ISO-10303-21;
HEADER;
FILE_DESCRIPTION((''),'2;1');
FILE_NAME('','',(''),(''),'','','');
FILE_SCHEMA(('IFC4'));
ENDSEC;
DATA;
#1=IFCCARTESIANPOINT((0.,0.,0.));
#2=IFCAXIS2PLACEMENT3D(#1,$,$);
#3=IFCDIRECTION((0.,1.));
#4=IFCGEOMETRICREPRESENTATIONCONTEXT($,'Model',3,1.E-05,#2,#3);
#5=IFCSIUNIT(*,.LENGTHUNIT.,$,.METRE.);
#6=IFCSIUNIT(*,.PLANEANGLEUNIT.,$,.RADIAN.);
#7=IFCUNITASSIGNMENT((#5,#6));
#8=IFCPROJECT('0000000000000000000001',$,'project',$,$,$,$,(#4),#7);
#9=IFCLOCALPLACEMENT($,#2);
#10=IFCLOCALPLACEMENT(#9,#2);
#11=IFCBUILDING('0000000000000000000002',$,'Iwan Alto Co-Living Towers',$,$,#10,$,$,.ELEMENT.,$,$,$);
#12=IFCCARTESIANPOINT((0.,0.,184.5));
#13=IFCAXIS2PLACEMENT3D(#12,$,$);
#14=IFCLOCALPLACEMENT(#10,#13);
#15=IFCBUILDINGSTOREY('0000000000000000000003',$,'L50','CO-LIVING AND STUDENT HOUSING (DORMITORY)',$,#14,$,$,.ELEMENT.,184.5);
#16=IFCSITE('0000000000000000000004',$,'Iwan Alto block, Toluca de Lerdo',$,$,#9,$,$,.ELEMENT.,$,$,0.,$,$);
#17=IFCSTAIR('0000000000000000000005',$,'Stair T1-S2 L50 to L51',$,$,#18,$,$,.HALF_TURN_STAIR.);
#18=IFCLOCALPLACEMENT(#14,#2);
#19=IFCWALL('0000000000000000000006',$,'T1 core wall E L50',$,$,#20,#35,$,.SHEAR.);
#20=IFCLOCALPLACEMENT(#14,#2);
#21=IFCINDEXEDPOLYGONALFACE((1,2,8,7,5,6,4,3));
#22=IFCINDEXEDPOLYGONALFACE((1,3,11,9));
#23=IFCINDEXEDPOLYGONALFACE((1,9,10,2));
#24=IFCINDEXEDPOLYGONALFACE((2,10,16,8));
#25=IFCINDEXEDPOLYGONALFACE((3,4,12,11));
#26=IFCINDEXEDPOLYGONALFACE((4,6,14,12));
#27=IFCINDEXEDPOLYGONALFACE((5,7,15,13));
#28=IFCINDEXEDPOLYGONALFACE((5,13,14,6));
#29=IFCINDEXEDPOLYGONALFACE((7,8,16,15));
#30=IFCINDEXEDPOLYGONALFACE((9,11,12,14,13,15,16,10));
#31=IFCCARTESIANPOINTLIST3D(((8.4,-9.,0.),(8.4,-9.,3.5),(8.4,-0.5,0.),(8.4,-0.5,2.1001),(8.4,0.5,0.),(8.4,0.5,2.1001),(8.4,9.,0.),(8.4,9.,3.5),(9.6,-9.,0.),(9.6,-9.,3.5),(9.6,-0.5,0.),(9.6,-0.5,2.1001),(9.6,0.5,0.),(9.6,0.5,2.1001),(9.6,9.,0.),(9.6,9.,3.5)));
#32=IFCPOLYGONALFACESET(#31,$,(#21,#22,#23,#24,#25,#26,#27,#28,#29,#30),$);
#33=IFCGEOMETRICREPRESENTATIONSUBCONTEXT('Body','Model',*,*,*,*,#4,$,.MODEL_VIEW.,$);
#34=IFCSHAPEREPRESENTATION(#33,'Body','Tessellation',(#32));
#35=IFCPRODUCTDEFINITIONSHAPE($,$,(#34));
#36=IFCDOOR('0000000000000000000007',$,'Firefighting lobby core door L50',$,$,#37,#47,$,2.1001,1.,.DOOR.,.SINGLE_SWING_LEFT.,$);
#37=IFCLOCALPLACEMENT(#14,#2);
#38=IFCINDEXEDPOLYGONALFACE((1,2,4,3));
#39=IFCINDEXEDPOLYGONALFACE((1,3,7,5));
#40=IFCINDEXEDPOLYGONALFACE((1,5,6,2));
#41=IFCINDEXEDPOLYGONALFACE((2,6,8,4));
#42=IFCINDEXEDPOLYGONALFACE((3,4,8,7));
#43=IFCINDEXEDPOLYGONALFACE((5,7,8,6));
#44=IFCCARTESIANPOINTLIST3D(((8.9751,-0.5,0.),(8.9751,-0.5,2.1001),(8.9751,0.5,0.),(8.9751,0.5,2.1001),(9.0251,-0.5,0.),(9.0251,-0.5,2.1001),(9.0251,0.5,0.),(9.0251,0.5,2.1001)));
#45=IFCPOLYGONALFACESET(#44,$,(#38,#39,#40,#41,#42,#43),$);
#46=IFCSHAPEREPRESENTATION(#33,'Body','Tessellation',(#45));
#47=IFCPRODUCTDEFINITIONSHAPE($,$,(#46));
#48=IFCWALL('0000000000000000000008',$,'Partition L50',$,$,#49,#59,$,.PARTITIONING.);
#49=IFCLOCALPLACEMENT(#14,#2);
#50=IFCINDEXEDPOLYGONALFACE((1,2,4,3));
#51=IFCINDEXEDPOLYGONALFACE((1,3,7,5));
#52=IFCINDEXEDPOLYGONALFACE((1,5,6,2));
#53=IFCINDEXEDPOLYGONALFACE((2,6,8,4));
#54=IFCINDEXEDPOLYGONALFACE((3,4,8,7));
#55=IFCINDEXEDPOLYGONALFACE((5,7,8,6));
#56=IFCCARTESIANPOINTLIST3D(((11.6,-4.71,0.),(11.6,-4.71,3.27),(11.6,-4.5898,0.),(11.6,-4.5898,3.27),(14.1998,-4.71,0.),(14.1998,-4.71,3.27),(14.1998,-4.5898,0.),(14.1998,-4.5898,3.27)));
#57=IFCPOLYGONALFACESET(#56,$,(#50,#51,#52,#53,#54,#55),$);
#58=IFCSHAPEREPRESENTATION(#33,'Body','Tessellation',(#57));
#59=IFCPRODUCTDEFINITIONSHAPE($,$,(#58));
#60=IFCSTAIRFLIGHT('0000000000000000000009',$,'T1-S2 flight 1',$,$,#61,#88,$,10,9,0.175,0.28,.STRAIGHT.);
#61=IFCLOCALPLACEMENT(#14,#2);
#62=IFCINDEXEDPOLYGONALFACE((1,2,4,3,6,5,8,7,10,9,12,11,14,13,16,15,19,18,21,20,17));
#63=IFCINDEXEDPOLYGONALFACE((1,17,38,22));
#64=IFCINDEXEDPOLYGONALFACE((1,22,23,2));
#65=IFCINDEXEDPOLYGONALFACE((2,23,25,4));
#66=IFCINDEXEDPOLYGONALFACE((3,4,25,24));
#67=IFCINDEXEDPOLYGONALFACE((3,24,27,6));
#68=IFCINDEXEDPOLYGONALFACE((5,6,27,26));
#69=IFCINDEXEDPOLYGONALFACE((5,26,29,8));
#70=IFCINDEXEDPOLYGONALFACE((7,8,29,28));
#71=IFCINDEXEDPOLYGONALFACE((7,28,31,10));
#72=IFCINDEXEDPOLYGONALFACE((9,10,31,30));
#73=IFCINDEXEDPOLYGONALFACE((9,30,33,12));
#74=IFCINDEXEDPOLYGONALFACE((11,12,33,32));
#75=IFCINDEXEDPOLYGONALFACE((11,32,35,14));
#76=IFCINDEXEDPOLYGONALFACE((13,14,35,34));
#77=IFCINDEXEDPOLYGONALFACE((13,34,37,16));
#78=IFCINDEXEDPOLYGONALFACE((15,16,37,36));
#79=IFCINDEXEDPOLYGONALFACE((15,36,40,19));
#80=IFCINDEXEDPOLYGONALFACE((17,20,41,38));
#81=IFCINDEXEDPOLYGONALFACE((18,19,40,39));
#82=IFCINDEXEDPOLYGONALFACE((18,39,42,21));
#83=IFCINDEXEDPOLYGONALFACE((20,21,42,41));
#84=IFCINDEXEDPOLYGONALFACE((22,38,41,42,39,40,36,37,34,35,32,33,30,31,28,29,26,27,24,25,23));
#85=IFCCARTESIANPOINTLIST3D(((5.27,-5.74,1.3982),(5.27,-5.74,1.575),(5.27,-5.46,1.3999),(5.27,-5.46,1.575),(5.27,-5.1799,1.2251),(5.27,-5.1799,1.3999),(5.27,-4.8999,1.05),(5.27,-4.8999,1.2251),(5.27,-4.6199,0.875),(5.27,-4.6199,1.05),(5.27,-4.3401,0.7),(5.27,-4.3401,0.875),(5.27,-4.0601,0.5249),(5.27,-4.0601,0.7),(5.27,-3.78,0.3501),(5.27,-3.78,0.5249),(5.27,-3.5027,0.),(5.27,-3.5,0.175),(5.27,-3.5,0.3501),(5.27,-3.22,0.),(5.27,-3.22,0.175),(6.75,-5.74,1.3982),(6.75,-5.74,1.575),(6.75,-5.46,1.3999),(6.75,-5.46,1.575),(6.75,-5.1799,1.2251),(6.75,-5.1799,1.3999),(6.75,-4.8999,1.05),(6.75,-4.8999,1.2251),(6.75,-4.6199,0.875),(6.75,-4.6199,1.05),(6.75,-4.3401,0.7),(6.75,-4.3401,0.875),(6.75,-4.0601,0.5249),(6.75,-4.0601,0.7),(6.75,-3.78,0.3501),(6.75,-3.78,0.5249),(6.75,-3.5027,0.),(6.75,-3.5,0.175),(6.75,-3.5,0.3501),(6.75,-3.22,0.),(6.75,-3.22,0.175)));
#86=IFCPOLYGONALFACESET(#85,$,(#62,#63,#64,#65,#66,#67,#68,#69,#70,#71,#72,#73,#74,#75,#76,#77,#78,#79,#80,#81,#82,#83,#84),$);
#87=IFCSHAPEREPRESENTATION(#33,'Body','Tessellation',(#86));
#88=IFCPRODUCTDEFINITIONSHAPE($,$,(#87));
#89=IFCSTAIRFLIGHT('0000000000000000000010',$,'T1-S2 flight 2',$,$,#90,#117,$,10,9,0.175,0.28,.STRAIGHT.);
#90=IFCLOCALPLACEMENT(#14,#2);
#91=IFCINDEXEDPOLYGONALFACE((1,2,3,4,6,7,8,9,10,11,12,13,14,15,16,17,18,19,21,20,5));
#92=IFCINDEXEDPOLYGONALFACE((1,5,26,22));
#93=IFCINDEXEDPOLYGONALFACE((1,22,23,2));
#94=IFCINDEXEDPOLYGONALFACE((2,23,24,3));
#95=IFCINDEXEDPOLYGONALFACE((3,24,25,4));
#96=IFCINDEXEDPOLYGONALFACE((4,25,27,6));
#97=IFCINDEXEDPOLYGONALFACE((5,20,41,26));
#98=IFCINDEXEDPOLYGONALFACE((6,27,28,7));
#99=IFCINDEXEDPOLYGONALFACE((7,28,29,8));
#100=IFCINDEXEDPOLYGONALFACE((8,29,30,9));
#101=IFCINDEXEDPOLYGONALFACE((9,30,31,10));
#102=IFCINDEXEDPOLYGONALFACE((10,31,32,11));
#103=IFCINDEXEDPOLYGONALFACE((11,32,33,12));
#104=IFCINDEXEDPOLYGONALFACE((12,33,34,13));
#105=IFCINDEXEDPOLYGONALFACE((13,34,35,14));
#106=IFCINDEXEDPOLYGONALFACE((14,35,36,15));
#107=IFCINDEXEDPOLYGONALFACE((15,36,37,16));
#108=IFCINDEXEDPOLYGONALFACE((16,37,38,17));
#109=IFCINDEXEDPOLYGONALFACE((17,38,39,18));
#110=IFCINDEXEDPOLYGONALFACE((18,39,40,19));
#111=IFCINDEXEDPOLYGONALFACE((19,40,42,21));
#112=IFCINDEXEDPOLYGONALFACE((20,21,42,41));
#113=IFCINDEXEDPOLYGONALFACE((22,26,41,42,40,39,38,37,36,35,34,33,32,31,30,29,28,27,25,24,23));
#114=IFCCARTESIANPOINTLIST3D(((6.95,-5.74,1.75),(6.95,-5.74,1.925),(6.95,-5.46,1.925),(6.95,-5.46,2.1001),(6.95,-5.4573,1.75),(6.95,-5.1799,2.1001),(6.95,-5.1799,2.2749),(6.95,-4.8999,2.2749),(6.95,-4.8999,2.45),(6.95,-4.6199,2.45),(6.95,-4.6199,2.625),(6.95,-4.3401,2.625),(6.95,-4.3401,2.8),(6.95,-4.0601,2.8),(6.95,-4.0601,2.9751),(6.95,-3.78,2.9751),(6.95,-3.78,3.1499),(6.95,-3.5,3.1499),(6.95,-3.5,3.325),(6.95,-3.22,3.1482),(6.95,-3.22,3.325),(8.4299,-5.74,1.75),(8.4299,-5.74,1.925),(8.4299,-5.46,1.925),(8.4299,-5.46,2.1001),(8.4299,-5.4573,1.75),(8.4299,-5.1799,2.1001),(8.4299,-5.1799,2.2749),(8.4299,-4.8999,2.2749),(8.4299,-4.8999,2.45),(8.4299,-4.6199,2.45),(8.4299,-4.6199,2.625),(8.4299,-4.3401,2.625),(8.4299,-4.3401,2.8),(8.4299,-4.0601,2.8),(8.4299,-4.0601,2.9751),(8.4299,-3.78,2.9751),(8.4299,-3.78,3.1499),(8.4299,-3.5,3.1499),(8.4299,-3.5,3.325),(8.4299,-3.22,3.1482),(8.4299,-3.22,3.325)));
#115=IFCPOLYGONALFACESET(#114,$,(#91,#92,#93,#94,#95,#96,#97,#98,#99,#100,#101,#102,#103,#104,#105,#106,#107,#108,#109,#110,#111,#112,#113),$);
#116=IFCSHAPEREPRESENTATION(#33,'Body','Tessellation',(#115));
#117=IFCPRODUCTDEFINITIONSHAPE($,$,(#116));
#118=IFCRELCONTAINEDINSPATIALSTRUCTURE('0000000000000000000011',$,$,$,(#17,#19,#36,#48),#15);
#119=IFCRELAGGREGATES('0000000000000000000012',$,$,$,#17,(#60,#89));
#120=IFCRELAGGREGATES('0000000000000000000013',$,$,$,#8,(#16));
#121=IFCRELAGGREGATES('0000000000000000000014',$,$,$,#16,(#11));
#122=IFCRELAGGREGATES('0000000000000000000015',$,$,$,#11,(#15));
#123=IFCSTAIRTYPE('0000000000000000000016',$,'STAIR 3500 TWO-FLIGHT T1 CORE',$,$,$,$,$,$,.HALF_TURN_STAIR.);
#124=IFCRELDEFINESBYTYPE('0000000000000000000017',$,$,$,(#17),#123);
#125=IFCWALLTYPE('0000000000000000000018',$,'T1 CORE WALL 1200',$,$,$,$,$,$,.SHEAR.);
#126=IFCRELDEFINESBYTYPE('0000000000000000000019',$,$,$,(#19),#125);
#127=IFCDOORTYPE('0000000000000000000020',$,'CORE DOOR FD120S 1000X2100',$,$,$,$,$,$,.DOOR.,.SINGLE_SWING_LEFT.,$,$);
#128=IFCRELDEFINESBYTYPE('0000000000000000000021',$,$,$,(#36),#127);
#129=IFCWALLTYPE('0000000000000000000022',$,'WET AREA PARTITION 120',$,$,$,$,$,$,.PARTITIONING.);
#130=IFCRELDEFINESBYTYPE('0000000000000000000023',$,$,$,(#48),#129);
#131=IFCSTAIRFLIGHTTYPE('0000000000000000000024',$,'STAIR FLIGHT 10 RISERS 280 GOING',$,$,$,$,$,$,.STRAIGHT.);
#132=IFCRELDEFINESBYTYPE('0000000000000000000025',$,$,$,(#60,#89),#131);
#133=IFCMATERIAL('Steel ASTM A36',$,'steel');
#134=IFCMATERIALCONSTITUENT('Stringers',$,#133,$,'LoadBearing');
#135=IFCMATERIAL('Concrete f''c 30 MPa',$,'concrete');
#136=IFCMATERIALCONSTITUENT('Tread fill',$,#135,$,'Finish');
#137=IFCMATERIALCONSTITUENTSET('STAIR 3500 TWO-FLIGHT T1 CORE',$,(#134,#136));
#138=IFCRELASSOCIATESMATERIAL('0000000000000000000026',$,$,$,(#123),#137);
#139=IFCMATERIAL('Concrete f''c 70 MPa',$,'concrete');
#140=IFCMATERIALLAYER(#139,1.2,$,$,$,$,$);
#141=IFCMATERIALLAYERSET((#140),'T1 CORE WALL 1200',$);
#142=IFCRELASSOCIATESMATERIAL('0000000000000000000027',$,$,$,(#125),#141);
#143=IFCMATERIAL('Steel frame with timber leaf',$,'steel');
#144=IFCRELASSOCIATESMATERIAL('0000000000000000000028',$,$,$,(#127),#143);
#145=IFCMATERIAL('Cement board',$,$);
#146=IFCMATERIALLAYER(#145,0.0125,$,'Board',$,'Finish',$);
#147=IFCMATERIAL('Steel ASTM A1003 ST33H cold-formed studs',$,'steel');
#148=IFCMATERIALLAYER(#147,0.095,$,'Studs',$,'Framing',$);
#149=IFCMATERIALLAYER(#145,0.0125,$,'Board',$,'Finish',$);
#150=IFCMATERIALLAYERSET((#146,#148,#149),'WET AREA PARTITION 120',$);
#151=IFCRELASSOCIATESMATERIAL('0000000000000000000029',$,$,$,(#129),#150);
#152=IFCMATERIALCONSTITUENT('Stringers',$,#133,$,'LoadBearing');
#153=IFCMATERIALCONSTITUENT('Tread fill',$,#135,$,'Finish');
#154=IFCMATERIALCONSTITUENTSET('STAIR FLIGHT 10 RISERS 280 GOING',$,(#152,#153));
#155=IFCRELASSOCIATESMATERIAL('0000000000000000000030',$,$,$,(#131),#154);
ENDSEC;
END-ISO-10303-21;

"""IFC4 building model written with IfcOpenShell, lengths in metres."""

from ifc_helpers import new_model, si_unit, direction, frame, frame_2d, origin, place, context, subcontext, project, spatial, polyline, rectangle, outline, extrude, material, layer, layer_set, constituent, constituent_set, type_object, element, fill, aggregate, save


model = new_model("IFC4")

# Units and contexts
model_context = context("Model", 3, precision=1e-05, world=origin(), true_north=direction((0.0, 1.0)))
body_context = subcontext(model_context, "Body", "Model", "MODEL_VIEW")
ifc_project = project(units=[si_unit("LENGTHUNIT", "METRE"), si_unit("PLANEANGLEUNIT", "RADIAN")], contexts=[model_context])

# Site, building, storey
site_placement = place(None, origin())
site = spatial("IfcSite", under=ifc_project, at=site_placement, Name="Iwan Alto block, Toluca de Lerdo", CompositionType="ELEMENT", RefElevation=0.0)
building_placement = place(site_placement, origin())
building = spatial("IfcBuilding", under=site, at=building_placement, Name="Iwan Alto Co-Living Towers", CompositionType="ELEMENT")
storey_placement = place(building_placement, frame((0.0, 0.0, 184.5)))
storey = spatial("IfcBuildingStorey", under=building, at=storey_placement, Name="L50", Description="CO-LIVING AND STUDENT HOUSING (DORMITORY)", CompositionType="ELEMENT", Elevation=184.5)

# Stair
ifc_material_1 = material(Name="Steel ASTM A36", Category="steel")
ifc_constituent_1 = constituent(ifc_material_1, Name="Stringers", Category="LoadBearing")
ifc_material_2 = material(Name="Concrete f'c 30 MPa", Category="concrete")
ifc_constituent_2 = constituent(ifc_material_2, Name="Tread fill", Category="Finish")
ifc_constituent_set_1 = constituent_set(constituents=[ifc_constituent_1, ifc_constituent_2], Name="STAIR 3500 TWO-FLIGHT T1 CORE")
stair_type = type_object("IfcStairType", Name="STAIR 3500 TWO-FLIGHT T1 CORE", PredefinedType="HALF_TURN_STAIR", material=ifc_constituent_set_1)
stair_1_placement = place(storey_placement, origin())
stair_1 = element("IfcStair", 1, at=stair_1_placement, inside=storey, type_object=stair_type, Name="Stair T1-S2 L50 to L51", PredefinedType="HALF_TURN_STAIR")

# Shared definitions
ifc_material_3 = material(Name="Steel ASTM A1003 ST33H cold-formed studs", Category="steel")

# Wall, opening, door
ifc_material_4 = material(Name="Concrete f'c 70 MPa", Category="concrete")
ifc_layer_1 = layer(ifc_material_4, 1.2)
ifc_layer_set_1 = layer_set([ifc_layer_1], Name="T1 CORE WALL 1200")
wall_type_1 = type_object("IfcWallType", Name="T1 CORE WALL 1200", PredefinedType="SHEAR", material=ifc_layer_set_1)
wall_1_placement = place(storey_placement, frame((9.0, -9.0, 0.0), z_axis=(0.0, 0.0, 1.0), x_axis=(0.0, 1.0, 0.0)))
wall_1 = element("IfcWall", 2, at=wall_1_placement, inside=storey, type_object=wall_type_1, Name="T1 core wall E L50", PredefinedType="SHEAR", context=body_context, shape_type="SweptSolid", body=[
    extrude(rectangle(XDim=18.0, YDim=1.2, at=frame_2d((9.0, 0.0))), origin(), (0.0, 0.0, 1.0), 3.5),
])
opening_1_placement = place(wall_1_placement, frame((8.5, 0.0, 0.0)))
opening_1 = element("IfcOpeningElement", 3, at=opening_1_placement, cuts=wall_1, PredefinedType="OPENING", context=body_context, shape_type="SweptSolid", body=[
    extrude(rectangle(XDim=1.0, YDim=2.1001, at=frame_2d((0.5, 1.05))), frame((0.0, 0.6099, 0.0), z_axis=(0.0, -1.0, 0.0), x_axis=(1.0, 0.0, 0.0)), (0.0, 0.0, 1.0), 1.22),
])
ifc_material_5 = material(Name="Steel frame with timber leaf", Category="steel")
door_type_1 = type_object("IfcDoorType", Name="CORE DOOR FD120S 1000X2100", OperationType="SINGLE_SWING_LEFT", PredefinedType="DOOR", material=ifc_material_5)
door_1_placement = place(opening_1_placement, origin())
door_1 = element("IfcDoor", 4, at=door_1_placement, inside=storey, type_object=door_type_1, Name="Firefighting lobby core door L50", OperationType="SINGLE_SWING_LEFT", OverallHeight=2.1001, OverallWidth=1.0, PredefinedType="DOOR", context=body_context, shape_type="SweptSolid", body=[
    extrude(rectangle(XDim=1.0, YDim=2.1001, at=frame_2d((0.5, 1.05))), frame((0.0, 0.0249, 0.0), z_axis=(0.0, -1.0, 0.0), x_axis=(1.0, 0.0, 0.0)), (0.0, 0.0, 1.0), 0.05),
])
fill(opening_1, door_1)

# Wall
ifc_material_6 = material(Name="Cement board")
ifc_layer_2 = layer(ifc_material_6, 0.0125, Name="Board", Category="Finish")
ifc_layer_3 = layer(ifc_material_3, 0.095, Name="Studs", Category="Framing")
ifc_layer_4 = layer(ifc_material_6, 0.0125, Name="Board", Category="Finish")
ifc_layer_set_2 = layer_set([ifc_layer_2, ifc_layer_3, ifc_layer_4], Name="WET AREA PARTITION 120")
wall_type_2 = type_object("IfcWallType", Name="WET AREA PARTITION 120", PredefinedType="PARTITIONING", material=ifc_layer_set_2)
wall_2_placement = place(storey_placement, frame((11.6001, -4.6499, 0.0), z_axis=(0.0, 0.0, 1.0), x_axis=(1.0, 0.0, 0.0)))
element("IfcWall", 5, at=wall_2_placement, inside=storey, type_object=wall_type_2, Name="Partition L50", PredefinedType="PARTITIONING", context=body_context, shape_type="SweptSolid", body=[
    extrude(rectangle(XDim=2.5999, YDim=0.1201, at=frame_2d((1.2998, 0.0))), origin(), (0.0, 0.0, 1.0), 3.27),
])

# Stair flights
ifc_constituent_3 = constituent(ifc_material_1, Name="Stringers", Category="LoadBearing")
ifc_constituent_4 = constituent(ifc_material_2, Name="Tread fill", Category="Finish")
ifc_constituent_set_2 = constituent_set(constituents=[ifc_constituent_3, ifc_constituent_4], Name="STAIR FLIGHT 10 RISERS 280 GOING")
stair_flight_type = type_object("IfcStairFlightType", Name="STAIR FLIGHT 10 RISERS 280 GOING", PredefinedType="STRAIGHT", material=ifc_constituent_set_2)
stair_flight_1_placement = place(storey_placement, frame((6.01, -3.22, 0.0), z_axis=(0.0, 0.0, 1.0), x_axis=(0.0, -1.0, 0.0)))
stair_flight_1 = element("IfcStairFlight", 6, at=stair_flight_1_placement, type_object=stair_flight_type, Name="T1-S2 flight 1", NumberOfRisers=10, NumberOfTreads=9, PredefinedType="STRAIGHT", RiserHeight=0.175, TreadLength=0.28, context=body_context, shape_type="SweptSolid", body=[
    extrude(outline(polyline([(0.0, 0.0), (0.0, 0.175), (0.28, 0.175), (0.28, 0.3501), (0.5601, 0.3501), (0.5601, 0.5249), (0.8401, 0.5249), (0.8401, 0.7), (1.1201, 0.7), (1.1201, 0.875), (1.3999, 0.875), (1.3999, 1.05), (1.6799, 1.05), (1.6799, 1.2251), (1.96, 1.2251), (1.96, 1.3999), (2.24, 1.3999), (2.24, 1.575), (2.52, 1.575), (2.52, 1.75), (2.52, 1.3982), (0.2827, 0.0), (0.0, 0.0)])), frame((0.0, 0.74, 0.0), z_axis=(0.0, -1.0, 0.0), x_axis=(1.0, 0.0, 0.0)), (0.0, 0.0, 1.0), 1.48),
])
stair_flight_2_placement = place(storey_placement, frame((7.6899, -5.74, 1.75), z_axis=(0.0, 0.0, 1.0), x_axis=(0.0, 1.0, 0.0)))
stair_flight_2 = element("IfcStairFlight", 7, at=stair_flight_2_placement, type_object=stair_flight_type, Name="T1-S2 flight 2", NumberOfRisers=10, NumberOfTreads=9, PredefinedType="STRAIGHT", RiserHeight=0.175, TreadLength=0.28, context=body_context, shape_type="SweptSolid", body=[
    extrude(outline(polyline([(0.0, 0.0), (0.0, 0.175), (0.28, 0.175), (0.28, 0.3501), (0.5601, 0.3501), (0.5601, 0.5249), (0.8401, 0.5249), (0.8401, 0.7), (1.1201, 0.7), (1.1201, 0.875), (1.3999, 0.875), (1.3999, 1.05), (1.6799, 1.05), (1.6799, 1.2251), (1.96, 1.2251), (1.96, 1.3999), (2.24, 1.3999), (2.24, 1.575), (2.52, 1.575), (2.52, 1.75), (2.52, 1.3982), (0.2827, 0.0), (0.0, 0.0)])), frame((0.0, 0.74, 0.0), z_axis=(0.0, -1.0, 0.0), x_axis=(1.0, 0.0, 0.0)), (0.0, 0.0, 1.0), 1.48),
])
aggregate(stair_1, [stair_flight_1, stair_flight_2])

save(model, "model.ifc")
